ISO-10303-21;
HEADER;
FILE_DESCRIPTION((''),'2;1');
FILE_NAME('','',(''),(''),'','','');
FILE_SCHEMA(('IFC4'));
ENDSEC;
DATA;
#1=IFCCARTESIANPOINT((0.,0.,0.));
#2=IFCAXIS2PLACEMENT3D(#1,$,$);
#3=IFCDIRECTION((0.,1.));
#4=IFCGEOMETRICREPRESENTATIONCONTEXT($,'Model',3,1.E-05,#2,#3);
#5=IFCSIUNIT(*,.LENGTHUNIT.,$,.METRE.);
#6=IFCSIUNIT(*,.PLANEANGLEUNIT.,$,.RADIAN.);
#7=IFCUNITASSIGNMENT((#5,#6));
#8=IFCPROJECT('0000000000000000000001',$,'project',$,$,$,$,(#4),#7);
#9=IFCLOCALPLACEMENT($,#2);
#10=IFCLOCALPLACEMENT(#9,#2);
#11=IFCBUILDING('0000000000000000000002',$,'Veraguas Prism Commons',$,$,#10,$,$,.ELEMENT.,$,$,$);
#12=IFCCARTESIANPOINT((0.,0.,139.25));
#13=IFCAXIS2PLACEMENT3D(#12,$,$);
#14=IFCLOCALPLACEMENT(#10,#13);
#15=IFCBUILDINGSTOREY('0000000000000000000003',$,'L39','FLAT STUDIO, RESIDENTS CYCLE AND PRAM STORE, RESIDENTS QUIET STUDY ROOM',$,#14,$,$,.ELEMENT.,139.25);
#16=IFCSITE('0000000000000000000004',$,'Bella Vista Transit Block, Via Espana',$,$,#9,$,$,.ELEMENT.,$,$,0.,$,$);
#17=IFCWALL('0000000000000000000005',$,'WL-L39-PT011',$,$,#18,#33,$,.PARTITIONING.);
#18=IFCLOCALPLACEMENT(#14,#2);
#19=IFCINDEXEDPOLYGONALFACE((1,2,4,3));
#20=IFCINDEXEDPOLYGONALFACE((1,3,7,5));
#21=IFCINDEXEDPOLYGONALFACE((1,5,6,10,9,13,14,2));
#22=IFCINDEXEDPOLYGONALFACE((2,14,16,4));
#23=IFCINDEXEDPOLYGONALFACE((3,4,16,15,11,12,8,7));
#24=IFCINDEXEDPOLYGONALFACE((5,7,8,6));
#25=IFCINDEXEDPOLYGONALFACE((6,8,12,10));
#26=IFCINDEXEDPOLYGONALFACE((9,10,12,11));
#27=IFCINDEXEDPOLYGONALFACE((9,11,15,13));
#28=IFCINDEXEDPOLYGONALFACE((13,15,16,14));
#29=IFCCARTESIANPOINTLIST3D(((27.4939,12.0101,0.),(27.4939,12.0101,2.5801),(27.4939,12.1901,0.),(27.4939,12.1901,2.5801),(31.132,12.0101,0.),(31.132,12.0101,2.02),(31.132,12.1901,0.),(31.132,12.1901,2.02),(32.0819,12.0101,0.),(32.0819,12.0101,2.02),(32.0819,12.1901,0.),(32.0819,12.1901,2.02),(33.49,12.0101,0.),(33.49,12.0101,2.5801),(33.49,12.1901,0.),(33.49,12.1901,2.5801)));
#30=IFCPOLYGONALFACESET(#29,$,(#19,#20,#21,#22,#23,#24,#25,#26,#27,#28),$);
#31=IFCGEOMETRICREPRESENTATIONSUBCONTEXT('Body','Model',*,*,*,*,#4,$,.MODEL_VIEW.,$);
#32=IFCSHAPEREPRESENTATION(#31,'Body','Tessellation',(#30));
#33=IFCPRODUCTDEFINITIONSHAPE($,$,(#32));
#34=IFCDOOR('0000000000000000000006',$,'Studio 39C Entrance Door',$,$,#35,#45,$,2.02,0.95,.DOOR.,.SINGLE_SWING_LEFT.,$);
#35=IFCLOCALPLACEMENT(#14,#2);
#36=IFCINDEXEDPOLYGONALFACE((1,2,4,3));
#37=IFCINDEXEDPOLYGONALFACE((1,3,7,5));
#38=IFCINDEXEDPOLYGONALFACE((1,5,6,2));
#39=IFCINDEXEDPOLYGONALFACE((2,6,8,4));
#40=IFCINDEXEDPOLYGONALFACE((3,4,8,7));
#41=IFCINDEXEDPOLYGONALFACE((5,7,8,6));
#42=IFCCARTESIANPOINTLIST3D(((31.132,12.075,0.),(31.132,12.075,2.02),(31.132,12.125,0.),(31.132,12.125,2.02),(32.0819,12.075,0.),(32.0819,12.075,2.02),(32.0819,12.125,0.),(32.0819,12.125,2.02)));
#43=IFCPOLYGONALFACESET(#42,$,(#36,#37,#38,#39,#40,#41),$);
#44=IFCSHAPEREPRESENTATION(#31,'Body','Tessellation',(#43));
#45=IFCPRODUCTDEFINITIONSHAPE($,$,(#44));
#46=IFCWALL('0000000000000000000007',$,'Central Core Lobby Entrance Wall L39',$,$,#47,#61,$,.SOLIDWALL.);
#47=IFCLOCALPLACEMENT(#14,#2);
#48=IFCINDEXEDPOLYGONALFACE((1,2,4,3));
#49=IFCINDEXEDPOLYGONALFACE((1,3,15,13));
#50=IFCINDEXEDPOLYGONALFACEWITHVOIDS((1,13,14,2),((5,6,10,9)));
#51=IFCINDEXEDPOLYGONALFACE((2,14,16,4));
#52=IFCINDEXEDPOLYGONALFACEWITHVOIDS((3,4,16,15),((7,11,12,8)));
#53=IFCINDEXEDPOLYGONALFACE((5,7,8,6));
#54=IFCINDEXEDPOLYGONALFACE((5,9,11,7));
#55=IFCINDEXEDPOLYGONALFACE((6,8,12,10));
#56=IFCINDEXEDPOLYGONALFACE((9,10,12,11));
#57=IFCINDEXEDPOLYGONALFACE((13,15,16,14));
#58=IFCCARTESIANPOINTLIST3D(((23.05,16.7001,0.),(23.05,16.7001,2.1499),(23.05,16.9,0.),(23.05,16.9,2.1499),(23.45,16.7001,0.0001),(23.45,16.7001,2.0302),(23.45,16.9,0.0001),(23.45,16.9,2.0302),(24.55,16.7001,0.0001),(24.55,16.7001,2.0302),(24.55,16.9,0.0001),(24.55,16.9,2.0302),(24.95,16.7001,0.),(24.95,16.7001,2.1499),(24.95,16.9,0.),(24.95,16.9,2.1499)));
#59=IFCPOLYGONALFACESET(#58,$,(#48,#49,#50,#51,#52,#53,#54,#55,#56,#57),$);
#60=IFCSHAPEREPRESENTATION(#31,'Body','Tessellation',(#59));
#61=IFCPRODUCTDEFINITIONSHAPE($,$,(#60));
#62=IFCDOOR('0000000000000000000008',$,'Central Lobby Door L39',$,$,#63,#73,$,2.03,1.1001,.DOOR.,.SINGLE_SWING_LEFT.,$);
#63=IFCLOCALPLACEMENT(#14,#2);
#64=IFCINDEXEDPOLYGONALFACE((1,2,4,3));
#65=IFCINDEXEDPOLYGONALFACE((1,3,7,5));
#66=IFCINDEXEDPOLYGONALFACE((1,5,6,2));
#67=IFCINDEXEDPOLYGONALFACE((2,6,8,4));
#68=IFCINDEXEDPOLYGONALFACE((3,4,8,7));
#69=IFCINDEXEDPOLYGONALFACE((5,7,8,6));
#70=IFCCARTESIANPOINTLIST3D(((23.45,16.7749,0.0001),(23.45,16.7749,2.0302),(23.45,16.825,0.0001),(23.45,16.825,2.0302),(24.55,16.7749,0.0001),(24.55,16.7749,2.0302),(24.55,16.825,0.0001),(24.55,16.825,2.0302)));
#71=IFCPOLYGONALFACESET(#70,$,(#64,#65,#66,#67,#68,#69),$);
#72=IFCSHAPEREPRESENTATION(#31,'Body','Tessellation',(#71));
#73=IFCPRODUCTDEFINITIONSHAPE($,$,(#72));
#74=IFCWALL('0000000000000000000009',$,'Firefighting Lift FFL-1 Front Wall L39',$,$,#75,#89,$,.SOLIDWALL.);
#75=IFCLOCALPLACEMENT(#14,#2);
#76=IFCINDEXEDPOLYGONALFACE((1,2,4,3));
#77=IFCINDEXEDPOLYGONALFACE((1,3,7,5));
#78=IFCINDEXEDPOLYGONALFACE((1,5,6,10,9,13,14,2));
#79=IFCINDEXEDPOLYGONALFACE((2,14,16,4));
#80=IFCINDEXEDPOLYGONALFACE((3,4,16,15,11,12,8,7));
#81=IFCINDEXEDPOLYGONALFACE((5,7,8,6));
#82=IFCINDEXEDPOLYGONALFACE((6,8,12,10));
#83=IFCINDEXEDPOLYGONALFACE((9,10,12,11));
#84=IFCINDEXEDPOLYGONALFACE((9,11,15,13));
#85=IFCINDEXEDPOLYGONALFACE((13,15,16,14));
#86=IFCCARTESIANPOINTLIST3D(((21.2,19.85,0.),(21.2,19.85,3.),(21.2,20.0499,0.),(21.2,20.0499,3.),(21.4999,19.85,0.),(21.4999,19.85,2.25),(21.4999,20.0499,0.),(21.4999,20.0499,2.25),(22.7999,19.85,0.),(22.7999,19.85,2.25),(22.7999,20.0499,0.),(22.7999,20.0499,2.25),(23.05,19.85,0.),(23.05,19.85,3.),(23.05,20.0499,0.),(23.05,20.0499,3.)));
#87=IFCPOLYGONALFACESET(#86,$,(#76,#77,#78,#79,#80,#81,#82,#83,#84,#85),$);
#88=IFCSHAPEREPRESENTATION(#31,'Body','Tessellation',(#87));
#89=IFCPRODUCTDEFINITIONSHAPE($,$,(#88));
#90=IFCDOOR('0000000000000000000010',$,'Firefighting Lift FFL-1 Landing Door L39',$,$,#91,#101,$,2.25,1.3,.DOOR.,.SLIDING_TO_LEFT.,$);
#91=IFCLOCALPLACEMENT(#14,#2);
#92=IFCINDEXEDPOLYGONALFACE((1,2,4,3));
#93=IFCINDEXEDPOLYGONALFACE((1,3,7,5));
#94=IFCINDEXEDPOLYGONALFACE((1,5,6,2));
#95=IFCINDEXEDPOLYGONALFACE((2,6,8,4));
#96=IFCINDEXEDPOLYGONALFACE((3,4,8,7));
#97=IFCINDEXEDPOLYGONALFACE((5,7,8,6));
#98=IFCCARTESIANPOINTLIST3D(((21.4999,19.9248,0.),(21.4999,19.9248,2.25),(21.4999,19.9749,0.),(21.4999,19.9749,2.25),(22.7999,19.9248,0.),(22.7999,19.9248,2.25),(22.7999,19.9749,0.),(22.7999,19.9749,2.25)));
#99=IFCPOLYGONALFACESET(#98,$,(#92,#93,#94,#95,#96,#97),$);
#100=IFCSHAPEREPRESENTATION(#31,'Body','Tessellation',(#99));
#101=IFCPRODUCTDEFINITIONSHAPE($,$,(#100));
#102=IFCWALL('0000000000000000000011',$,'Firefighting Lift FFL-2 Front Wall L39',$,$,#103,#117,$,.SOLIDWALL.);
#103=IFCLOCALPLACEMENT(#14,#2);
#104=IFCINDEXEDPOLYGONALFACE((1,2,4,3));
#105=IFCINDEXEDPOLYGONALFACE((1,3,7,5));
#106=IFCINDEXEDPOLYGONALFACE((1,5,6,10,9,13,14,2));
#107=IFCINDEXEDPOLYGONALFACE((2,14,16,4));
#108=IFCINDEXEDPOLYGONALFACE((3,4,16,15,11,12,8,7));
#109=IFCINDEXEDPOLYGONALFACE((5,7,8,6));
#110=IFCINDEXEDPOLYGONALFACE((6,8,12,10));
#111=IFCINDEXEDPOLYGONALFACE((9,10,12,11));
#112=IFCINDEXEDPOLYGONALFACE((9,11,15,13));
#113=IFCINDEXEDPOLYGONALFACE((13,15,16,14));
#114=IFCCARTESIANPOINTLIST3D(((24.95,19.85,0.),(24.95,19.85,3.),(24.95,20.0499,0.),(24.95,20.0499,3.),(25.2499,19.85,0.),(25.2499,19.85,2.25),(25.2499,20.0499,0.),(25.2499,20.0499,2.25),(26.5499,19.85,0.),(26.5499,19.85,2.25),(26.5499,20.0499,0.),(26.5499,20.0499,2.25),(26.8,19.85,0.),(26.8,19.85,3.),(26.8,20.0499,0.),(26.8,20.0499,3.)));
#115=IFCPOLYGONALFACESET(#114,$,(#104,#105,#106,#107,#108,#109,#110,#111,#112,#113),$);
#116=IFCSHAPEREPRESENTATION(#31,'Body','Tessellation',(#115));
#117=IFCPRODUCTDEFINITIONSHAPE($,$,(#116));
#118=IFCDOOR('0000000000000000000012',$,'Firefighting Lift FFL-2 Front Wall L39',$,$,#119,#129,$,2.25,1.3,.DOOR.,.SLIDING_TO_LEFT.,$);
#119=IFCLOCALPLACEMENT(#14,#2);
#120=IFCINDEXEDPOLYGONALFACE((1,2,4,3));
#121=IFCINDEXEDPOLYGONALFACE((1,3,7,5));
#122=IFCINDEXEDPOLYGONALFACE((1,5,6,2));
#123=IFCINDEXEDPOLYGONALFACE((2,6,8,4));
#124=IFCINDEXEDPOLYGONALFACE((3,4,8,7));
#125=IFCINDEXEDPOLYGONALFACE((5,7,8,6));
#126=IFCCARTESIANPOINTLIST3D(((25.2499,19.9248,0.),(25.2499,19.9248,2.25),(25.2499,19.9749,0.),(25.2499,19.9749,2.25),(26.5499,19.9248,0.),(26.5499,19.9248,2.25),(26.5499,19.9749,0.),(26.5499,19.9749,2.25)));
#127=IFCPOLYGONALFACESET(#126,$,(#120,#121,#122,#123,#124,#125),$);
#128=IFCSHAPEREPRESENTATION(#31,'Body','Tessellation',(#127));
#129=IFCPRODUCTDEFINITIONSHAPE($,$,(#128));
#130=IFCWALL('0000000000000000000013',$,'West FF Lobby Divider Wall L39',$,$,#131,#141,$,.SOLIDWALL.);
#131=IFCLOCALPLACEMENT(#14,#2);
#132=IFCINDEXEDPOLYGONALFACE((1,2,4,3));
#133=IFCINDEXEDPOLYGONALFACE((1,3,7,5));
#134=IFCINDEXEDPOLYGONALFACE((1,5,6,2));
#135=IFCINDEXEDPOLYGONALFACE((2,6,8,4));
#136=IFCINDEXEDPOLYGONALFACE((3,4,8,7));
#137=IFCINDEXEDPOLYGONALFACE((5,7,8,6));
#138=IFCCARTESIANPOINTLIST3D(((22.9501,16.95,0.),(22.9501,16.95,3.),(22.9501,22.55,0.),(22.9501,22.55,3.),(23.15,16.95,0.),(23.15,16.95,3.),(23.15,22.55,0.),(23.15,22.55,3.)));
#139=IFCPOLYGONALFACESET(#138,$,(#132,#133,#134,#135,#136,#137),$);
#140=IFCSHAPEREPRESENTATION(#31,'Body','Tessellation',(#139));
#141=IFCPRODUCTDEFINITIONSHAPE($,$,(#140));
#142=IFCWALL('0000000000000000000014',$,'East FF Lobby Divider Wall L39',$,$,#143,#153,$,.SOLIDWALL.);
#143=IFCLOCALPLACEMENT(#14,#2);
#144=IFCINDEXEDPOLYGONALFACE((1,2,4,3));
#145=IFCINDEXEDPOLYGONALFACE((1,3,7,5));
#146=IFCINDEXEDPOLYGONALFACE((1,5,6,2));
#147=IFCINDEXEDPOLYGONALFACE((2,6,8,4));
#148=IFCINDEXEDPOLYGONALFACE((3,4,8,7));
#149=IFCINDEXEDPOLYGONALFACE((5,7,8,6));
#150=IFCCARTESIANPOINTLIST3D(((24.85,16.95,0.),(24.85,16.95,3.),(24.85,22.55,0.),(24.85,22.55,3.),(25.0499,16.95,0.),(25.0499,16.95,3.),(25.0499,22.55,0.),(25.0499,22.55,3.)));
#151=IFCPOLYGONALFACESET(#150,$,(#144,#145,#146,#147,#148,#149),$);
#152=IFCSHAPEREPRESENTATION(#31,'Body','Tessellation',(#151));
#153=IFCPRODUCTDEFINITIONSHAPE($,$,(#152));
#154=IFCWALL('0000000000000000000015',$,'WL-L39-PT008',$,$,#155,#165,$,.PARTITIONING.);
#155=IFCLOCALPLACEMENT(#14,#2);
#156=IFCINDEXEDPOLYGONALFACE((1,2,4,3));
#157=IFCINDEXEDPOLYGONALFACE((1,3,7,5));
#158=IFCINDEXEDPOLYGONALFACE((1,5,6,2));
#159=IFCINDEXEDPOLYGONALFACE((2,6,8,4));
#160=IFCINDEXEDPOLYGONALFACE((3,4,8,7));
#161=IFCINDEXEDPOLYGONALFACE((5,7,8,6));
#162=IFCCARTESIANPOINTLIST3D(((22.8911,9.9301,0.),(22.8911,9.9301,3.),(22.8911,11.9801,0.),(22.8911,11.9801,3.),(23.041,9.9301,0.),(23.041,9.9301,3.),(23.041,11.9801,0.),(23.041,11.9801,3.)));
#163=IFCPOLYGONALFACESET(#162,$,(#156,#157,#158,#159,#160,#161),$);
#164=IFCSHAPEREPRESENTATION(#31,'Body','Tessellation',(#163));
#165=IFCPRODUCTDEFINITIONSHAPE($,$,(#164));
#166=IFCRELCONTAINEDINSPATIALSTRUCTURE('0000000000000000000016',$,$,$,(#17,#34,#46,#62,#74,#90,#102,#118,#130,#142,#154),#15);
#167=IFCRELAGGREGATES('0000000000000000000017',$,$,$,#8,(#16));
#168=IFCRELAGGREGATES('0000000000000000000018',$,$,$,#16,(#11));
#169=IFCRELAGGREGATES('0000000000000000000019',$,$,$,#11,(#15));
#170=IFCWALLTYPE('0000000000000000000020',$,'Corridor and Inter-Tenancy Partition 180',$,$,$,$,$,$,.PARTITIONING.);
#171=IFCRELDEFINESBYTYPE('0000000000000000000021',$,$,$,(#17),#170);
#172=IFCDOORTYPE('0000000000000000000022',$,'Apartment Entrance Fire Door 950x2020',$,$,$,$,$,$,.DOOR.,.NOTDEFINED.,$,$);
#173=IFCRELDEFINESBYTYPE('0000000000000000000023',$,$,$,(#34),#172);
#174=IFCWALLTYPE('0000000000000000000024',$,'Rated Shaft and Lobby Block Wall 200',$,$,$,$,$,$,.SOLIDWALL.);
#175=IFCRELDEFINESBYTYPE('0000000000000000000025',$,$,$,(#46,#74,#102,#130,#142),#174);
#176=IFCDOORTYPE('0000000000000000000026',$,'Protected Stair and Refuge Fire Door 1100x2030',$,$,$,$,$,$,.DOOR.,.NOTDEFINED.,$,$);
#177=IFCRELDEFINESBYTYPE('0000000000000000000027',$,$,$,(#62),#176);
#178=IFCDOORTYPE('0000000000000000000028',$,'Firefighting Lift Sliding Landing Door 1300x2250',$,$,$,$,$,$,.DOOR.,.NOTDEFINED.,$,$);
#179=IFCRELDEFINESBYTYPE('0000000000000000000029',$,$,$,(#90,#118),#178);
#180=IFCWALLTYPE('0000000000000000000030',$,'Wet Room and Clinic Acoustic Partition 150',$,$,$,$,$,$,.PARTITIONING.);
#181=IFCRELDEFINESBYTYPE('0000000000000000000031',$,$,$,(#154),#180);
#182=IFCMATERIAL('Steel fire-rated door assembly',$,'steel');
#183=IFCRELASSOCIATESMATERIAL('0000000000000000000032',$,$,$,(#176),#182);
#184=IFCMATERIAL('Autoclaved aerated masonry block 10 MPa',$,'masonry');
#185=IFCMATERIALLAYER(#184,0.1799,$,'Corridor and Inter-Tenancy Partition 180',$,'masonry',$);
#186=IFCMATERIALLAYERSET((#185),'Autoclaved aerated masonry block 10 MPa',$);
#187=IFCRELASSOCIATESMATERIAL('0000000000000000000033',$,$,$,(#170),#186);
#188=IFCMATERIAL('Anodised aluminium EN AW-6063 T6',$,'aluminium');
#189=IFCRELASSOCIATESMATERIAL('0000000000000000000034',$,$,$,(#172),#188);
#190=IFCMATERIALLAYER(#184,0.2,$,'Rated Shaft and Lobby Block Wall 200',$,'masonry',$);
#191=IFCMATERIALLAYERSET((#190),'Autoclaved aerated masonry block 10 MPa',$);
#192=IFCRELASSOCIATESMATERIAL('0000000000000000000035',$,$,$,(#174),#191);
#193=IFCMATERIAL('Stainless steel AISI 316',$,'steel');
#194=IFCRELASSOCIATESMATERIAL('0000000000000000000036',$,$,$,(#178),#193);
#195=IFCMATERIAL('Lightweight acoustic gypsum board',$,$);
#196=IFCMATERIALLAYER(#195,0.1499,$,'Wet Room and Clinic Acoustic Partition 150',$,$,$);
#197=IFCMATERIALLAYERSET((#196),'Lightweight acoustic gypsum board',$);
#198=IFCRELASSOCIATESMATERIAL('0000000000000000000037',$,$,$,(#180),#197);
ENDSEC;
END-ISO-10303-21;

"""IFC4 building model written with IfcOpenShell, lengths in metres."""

from ifc_helpers import new_model, si_unit, direction, frame, frame_2d, origin, place, context, subcontext, project, spatial, rectangle, extrude, source, transform, mapped, material, layer, layer_set, type_object, element, fill, save


model = new_model("IFC4")

# Units and contexts
model_context = context("Model", 3, precision=1e-05, world=origin(), true_north=direction((0.0, 1.0)))
body_context = subcontext(model_context, "Body", "Model", "MODEL_VIEW")
ifc_project = project(units=[si_unit("LENGTHUNIT", "METRE"), si_unit("PLANEANGLEUNIT", "RADIAN")], contexts=[model_context])

# Site, building, storey
site_placement = place(None, origin())
site = spatial("IfcSite", under=ifc_project, at=site_placement, Name="Bella Vista Transit Block, Via Espana", CompositionType="ELEMENT", RefElevation=0.0)
building_placement = place(site_placement, origin())
building = spatial("IfcBuilding", under=site, at=building_placement, Name="Veraguas Prism Commons", CompositionType="ELEMENT")
storey_placement = place(building_placement, frame((0.0, 0.0, 139.25)))
storey = spatial("IfcBuildingStorey", under=building, at=storey_placement, Name="L39", Description="FLAT STUDIO, RESIDENTS CYCLE AND PRAM STORE, RESIDENTS QUIET STUDY ROOM", CompositionType="ELEMENT", Elevation=139.25)

# Shared definitions
ifc_material_1 = material(Name="Steel fire-rated door assembly", Category="steel")
door_type_1 = type_object("IfcDoorType", Name="Protected Stair and Refuge Fire Door 1100x2030", OperationType="NOTDEFINED", PredefinedType="DOOR", material=ifc_material_1)
shared_shape_1 = source(origin(), body_context, "Body", "SweptSolid", [
    extrude(rectangle(XDim=1.1001, YDim=2.03, at=frame_2d((0.55, 1.0151))), frame((0.0, 0.0249, 0.0), z_axis=(0.0, -1.0, 0.0), x_axis=(1.0, 0.0, 0.0)), (0.0, 0.0, 1.0), 0.05),
])

# Shared definitions
ifc_material_2 = material(Name="Autoclaved aerated masonry block 10 MPa", Category="masonry")
ifc_layer_1 = layer(ifc_material_2, 0.1799, Name="Corridor and Inter-Tenancy Partition 180", Category="masonry")
ifc_layer_set_1 = layer_set([ifc_layer_1], Name="Autoclaved aerated masonry block 10 MPa")
wall_type_1 = type_object("IfcWallType", Name="Corridor and Inter-Tenancy Partition 180", PredefinedType="PARTITIONING", material=ifc_layer_set_1)

# Walls, openings, doors
wall_1_placement = place(storey_placement, frame((27.4939, 12.1001, 0.0), z_axis=(0.0, 0.0, 1.0), x_axis=(1.0, 0.0, 0.0)))
wall_1 = element("IfcWall", 1, at=wall_1_placement, inside=storey, type_object=wall_type_1, Name="WL-L39-PT011", PredefinedType="PARTITIONING", context=body_context, shape_type="SweptSolid", body=[
    extrude(rectangle(XDim=5.9961, YDim=0.1799, at=frame_2d((2.998, 0.0))), origin(), (0.0, 0.0, 1.0), 2.5801),
])
opening_1_placement = place(wall_1_placement, frame((3.6379, 0.0, 0.0)))
opening_1 = element("IfcOpeningElement", 2, at=opening_1_placement, cuts=wall_1, PredefinedType="OPENING", context=body_context, shape_type="SweptSolid", body=[
    extrude(rectangle(XDim=0.95, YDim=2.02, at=frame_2d((0.4751, 1.01))), frame((0.0, 0.0999, 0.0), z_axis=(0.0, -1.0, 0.0), x_axis=(1.0, 0.0, 0.0)), (0.0, 0.0, 1.0), 0.2),
])
ifc_material_3 = material(Name="Anodised aluminium EN AW-6063 T6", Category="aluminium")
door_type_2 = type_object("IfcDoorType", Name="Apartment Entrance Fire Door 950x2020", OperationType="NOTDEFINED", PredefinedType="DOOR", material=ifc_material_3)
shared_shape_2 = source(origin(), body_context, "Body", "SweptSolid", [
    extrude(rectangle(XDim=0.95, YDim=2.02, at=frame_2d((0.4751, 1.01))), frame((0.0, 0.0249, 0.0), z_axis=(0.0, -1.0, 0.0), x_axis=(1.0, 0.0, 0.0)), (0.0, 0.0, 1.0), 0.05),
])
door_1_placement = place(opening_1_placement, origin())
door_1 = element("IfcDoor", 3, at=door_1_placement, inside=storey, type_object=door_type_2, Name="Studio 39C Entrance Door", OperationType="SINGLE_SWING_LEFT", OverallHeight=2.02, OverallWidth=0.95, PredefinedType="DOOR", context=body_context, shape_type="MappedRepresentation", body=[
    mapped(shared_shape_2, transform((0.0, 0.0, 0.0), scale=1.0)),
])
fill(opening_1, door_1)
ifc_layer_2 = layer(ifc_material_2, 0.2, Name="Rated Shaft and Lobby Block Wall 200", Category="masonry")
ifc_layer_set_2 = layer_set([ifc_layer_2], Name="Autoclaved aerated masonry block 10 MPa")
wall_type_2 = type_object("IfcWallType", Name="Rated Shaft and Lobby Block Wall 200", PredefinedType="SOLIDWALL", material=ifc_layer_set_2)
wall_2_placement = place(storey_placement, frame((23.05, 16.8, 0.0), z_axis=(0.0, 0.0, 1.0), x_axis=(1.0, 0.0, 0.0)))
wall_2 = element("IfcWall", 4, at=wall_2_placement, inside=storey, type_object=wall_type_2, Name="Central Core Lobby Entrance Wall L39", PredefinedType="SOLIDWALL", context=body_context, shape_type="SweptSolid", body=[
    extrude(rectangle(XDim=1.8999, YDim=0.2, at=frame_2d((0.95, 0.0))), origin(), (0.0, 0.0, 1.0), 2.1499),
])
opening_2_placement = place(wall_2_placement, frame((0.3999, 0.0, 0.0)))
opening_2 = element("IfcOpeningElement", 5, at=opening_2_placement, cuts=wall_2, PredefinedType="OPENING", context=body_context, shape_type="SweptSolid", body=[
    extrude(rectangle(XDim=1.1001, YDim=2.03, at=frame_2d((0.55, 1.0151))), frame((0.0, 0.1099, 0.0), z_axis=(0.0, -1.0, 0.0), x_axis=(1.0, 0.0, 0.0)), (0.0, 0.0, 1.0), 0.22),
])
door_2_placement = place(opening_2_placement, origin())
door_2 = element("IfcDoor", 6, at=door_2_placement, inside=storey, type_object=door_type_1, Name="Central Lobby Door L39", OperationType="SINGLE_SWING_LEFT", OverallHeight=2.03, OverallWidth=1.1001, PredefinedType="DOOR", context=body_context, shape_type="MappedRepresentation", body=[
    mapped(shared_shape_1, transform((0.0, 0.0, 0.0), scale=1.0)),
])
fill(opening_2, door_2)
wall_3_placement = place(storey_placement, frame((21.2, 19.95, 0.0), z_axis=(0.0, 0.0, 1.0), x_axis=(1.0, 0.0, 0.0)))
wall_3 = element("IfcWall", 7, at=wall_3_placement, inside=storey, type_object=wall_type_2, Name="Firefighting Lift FFL-1 Front Wall L39", PredefinedType="SOLIDWALL", context=body_context, shape_type="SweptSolid", body=[
    extrude(rectangle(XDim=1.8501, YDim=0.2, at=frame_2d((0.925, 0.0))), origin(), (0.0, 0.0, 1.0), 3.0),
])
opening_3_placement = place(wall_3_placement, frame((0.3, 0.0, 0.0)))
opening_3 = element("IfcOpeningElement", 8, at=opening_3_placement, cuts=wall_3, PredefinedType="OPENING", context=body_context, shape_type="SweptSolid", body=[
    extrude(rectangle(XDim=1.3, YDim=2.25, at=frame_2d((0.6499, 1.125))), frame((0.0, 0.1099, 0.0), z_axis=(0.0, -1.0, 0.0), x_axis=(1.0, 0.0, 0.0)), (0.0, 0.0, 1.0), 0.22),
])
ifc_material_4 = material(Name="Stainless steel AISI 316", Category="steel")
door_type_3 = type_object("IfcDoorType", Name="Firefighting Lift Sliding Landing Door 1300x2250", OperationType="NOTDEFINED", PredefinedType="DOOR", material=ifc_material_4)
shared_shape_3 = source(origin(), body_context, "Body", "SweptSolid", [
    extrude(rectangle(XDim=1.3, YDim=2.25, at=frame_2d((0.6499, 1.125))), frame((0.0, 0.0249, 0.0), z_axis=(0.0, -1.0, 0.0), x_axis=(1.0, 0.0, 0.0)), (0.0, 0.0, 1.0), 0.05),
])
door_3_placement = place(opening_3_placement, origin())
door_3 = element("IfcDoor", 9, at=door_3_placement, inside=storey, type_object=door_type_3, Name="Firefighting Lift FFL-1 Landing Door L39", OperationType="SLIDING_TO_LEFT", OverallHeight=2.25, OverallWidth=1.3, PredefinedType="DOOR", context=body_context, shape_type="MappedRepresentation", body=[
    mapped(shared_shape_3, transform((0.0, 0.0, 0.0), scale=1.0)),
])
fill(opening_3, door_3)
wall_4_placement = place(storey_placement, frame((24.95, 19.95, 0.0), z_axis=(0.0, 0.0, 1.0), x_axis=(1.0, 0.0, 0.0)))
wall_4 = element("IfcWall", 10, at=wall_4_placement, inside=storey, type_object=wall_type_2, Name="Firefighting Lift FFL-2 Front Wall L39", PredefinedType="SOLIDWALL", context=body_context, shape_type="SweptSolid", body=[
    extrude(rectangle(XDim=1.8501, YDim=0.2, at=frame_2d((0.925, 0.0))), origin(), (0.0, 0.0, 1.0), 3.0),
])
opening_4_placement = place(wall_4_placement, frame((0.3, 0.0, 0.0)))
opening_4 = element("IfcOpeningElement", 11, at=opening_4_placement, cuts=wall_4, PredefinedType="OPENING", context=body_context, shape_type="SweptSolid", body=[
    extrude(rectangle(XDim=1.3, YDim=2.25, at=frame_2d((0.6499, 1.125))), frame((0.0, 0.1099, 0.0), z_axis=(0.0, -1.0, 0.0), x_axis=(1.0, 0.0, 0.0)), (0.0, 0.0, 1.0), 0.22),
])
door_4_placement = place(opening_4_placement, origin())
door_4 = element("IfcDoor", 12, at=door_4_placement, inside=storey, type_object=door_type_3, Name="Firefighting Lift FFL-2 Front Wall L39", OperationType="SLIDING_TO_LEFT", OverallHeight=2.25, OverallWidth=1.3, PredefinedType="DOOR", context=body_context, shape_type="MappedRepresentation", body=[
    mapped(shared_shape_3, transform((0.0, 0.0, 0.0), scale=1.0)),
])
fill(opening_4, door_4)

# Walls
for number, where, z_axis, x_axis, name in (
    (13, (23.05, 16.95, 0.0), (0.0, 0.0, 1.0), (0.0, 1.0, 0.0), "West FF Lobby Divider Wall L39"),
    (14, (24.95, 16.95, 0.0), (0.0, 0.0, 1.0), (0.0, 1.0, 0.0), "East FF Lobby Divider Wall L39"),
):
    element("IfcWall", number, at=place(storey_placement, frame(where, z_axis=z_axis, x_axis=x_axis)), inside=storey, type_object=wall_type_2, Name=name, PredefinedType="SOLIDWALL", context=body_context, shape_type="SweptSolid", body=[
        extrude(rectangle(XDim=5.6001, YDim=0.2, at=frame_2d((2.8, 0.0))), origin(), (0.0, 0.0, 1.0), 3.0),
    ])
ifc_material_5 = material(Name="Lightweight acoustic gypsum board")
ifc_layer_3 = layer(ifc_material_5, 0.1499, Name="Wet Room and Clinic Acoustic Partition 150")
ifc_layer_set_3 = layer_set([ifc_layer_3], Name="Lightweight acoustic gypsum board")
wall_type_3 = type_object("IfcWallType", Name="Wet Room and Clinic Acoustic Partition 150", PredefinedType="PARTITIONING", material=ifc_layer_set_3)
wall_5_placement = place(storey_placement, frame((22.9661, 11.98, 0.0), z_axis=(0.0, 0.0, 1.0), x_axis=(0.0, -1.0, 0.0)))
element("IfcWall", 15, at=wall_5_placement, inside=storey, type_object=wall_type_3, Name="WL-L39-PT008", PredefinedType="PARTITIONING", context=body_context, shape_type="SweptSolid", body=[
    extrude(rectangle(XDim=2.05, YDim=0.1499, at=frame_2d((1.0249, 0.0))), origin(), (0.0, 0.0, 1.0), 3.0),
])

save(model, "model.ifc")
